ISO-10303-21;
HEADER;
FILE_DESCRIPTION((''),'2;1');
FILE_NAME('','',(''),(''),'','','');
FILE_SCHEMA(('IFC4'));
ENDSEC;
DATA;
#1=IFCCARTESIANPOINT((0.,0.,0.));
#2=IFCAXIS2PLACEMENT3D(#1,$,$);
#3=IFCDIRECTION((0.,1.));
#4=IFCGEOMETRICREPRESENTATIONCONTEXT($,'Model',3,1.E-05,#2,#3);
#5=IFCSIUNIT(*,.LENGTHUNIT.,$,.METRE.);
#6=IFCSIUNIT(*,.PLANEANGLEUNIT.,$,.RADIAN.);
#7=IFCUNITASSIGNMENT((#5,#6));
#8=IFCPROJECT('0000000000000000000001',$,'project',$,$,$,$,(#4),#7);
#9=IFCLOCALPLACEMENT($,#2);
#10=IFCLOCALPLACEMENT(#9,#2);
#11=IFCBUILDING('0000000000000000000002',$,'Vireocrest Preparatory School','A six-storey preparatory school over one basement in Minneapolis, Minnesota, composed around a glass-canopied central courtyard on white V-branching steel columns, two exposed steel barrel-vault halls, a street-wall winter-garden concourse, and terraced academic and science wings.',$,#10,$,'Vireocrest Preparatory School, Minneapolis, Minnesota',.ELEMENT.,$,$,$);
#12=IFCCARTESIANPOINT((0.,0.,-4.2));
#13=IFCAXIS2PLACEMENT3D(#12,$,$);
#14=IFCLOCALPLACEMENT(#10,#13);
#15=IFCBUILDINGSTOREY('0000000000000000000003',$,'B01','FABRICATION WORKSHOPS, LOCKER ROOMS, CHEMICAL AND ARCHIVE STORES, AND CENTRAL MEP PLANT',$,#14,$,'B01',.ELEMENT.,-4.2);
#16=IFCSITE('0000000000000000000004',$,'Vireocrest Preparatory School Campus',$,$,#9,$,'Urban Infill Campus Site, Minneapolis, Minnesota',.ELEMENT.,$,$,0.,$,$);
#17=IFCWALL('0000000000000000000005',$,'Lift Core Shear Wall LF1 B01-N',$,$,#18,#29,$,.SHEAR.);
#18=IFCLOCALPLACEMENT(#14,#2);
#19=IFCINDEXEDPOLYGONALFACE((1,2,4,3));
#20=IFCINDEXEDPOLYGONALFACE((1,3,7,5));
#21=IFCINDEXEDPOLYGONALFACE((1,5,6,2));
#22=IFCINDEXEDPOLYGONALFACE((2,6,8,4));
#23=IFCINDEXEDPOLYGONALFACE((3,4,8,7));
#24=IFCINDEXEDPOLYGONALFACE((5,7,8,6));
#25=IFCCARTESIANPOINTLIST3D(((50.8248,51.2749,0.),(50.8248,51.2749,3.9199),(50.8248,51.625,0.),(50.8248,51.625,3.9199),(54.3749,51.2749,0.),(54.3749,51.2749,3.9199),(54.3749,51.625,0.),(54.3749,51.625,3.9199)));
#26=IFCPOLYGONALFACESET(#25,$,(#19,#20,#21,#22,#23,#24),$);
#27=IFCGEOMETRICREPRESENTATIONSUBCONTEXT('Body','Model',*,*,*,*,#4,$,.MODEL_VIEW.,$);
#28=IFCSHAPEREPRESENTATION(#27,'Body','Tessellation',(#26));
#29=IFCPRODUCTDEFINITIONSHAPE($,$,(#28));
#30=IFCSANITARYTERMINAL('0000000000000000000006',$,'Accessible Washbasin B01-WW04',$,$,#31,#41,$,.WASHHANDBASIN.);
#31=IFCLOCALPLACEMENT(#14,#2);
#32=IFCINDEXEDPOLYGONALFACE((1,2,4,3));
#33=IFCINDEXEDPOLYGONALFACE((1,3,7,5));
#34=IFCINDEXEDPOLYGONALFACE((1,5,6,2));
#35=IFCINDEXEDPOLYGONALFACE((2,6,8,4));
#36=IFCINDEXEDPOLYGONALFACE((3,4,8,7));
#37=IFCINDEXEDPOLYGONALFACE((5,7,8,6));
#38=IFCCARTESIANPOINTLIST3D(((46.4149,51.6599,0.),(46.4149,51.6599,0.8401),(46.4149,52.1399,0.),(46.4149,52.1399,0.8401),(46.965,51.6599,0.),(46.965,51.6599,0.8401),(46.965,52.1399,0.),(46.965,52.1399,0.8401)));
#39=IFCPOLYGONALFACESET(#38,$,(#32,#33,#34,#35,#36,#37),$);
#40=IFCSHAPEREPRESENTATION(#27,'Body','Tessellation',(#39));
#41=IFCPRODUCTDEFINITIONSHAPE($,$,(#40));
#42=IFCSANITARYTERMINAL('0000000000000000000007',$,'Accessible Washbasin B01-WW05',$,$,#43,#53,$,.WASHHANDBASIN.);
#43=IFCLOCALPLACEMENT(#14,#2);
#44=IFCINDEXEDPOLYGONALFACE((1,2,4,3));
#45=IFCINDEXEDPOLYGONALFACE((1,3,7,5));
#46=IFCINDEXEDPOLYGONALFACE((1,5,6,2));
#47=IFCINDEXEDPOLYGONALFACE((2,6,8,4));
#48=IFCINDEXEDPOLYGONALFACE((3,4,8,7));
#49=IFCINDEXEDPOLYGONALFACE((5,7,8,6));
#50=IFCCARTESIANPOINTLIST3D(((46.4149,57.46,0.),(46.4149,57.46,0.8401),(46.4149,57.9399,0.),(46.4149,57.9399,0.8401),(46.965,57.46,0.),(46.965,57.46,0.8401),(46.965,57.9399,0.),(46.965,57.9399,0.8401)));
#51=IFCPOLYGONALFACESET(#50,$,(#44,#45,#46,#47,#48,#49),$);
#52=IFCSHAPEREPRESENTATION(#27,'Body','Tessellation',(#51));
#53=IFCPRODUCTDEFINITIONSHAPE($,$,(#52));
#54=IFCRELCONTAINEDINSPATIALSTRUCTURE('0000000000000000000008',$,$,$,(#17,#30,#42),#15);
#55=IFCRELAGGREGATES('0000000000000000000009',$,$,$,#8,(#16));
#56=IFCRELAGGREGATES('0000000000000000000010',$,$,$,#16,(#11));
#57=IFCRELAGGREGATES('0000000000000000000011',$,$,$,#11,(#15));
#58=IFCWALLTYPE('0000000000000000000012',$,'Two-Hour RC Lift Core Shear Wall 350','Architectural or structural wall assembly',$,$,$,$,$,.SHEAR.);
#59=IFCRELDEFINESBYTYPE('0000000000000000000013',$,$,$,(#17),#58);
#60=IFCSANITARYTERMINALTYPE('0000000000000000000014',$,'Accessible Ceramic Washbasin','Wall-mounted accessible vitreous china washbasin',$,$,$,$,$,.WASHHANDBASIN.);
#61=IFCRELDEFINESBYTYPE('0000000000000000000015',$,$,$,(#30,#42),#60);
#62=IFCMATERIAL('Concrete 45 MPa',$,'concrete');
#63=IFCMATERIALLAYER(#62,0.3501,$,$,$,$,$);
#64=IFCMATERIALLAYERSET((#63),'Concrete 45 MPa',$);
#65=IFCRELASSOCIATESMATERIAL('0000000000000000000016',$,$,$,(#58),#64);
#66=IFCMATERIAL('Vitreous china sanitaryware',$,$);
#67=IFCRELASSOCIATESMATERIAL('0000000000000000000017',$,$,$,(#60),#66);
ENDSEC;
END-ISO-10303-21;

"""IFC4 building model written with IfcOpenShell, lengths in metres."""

from ifc_helpers import new_model, si_unit, direction, frame, frame_2d, origin, origin_2d, place, context, subcontext, project, spatial, rectangle, extrude, material, layer, layer_set, type_object, element, save


model = new_model("IFC4")

# Units and contexts
model_context = context("Model", 3, precision=1e-05, world=origin(), true_north=direction((0.0, 1.0)))
body_context = subcontext(model_context, "Body", "Model", "MODEL_VIEW")
ifc_project = project(units=[si_unit("LENGTHUNIT", "METRE"), si_unit("PLANEANGLEUNIT", "RADIAN")], contexts=[model_context])

# Site, building, storey
site_placement = place(None, origin())
site = spatial("IfcSite", under=ifc_project, at=site_placement, Name="Vireocrest Preparatory School Campus", LongName="Urban Infill Campus Site, Minneapolis, Minnesota", CompositionType="ELEMENT", RefElevation=0.0)
building_placement = place(site_placement, origin())
building = spatial("IfcBuilding", under=site, at=building_placement, Name="Vireocrest Preparatory School", Description="A six-storey preparatory school over one basement in Minneapolis, Minnesota, composed around a glass-canopied central courtyard on white V-branching steel columns, two exposed steel barrel-vault halls, a street-wall winter-garden concourse, and terraced academic and science wings.", LongName="Vireocrest Preparatory School, Minneapolis, Minnesota", CompositionType="ELEMENT")
storey_placement = place(building_placement, frame((0.0, 0.0, -4.2)))
storey = spatial("IfcBuildingStorey", under=building, at=storey_placement, Name="B01", Description="FABRICATION WORKSHOPS, LOCKER ROOMS, CHEMICAL AND ARCHIVE STORES, AND CENTRAL MEP PLANT", LongName="B01", CompositionType="ELEMENT", Elevation=-4.2)

# Shared definitions
ifc_material_1 = material(Name="Concrete 45 MPa", Category="concrete")

# Wall
ifc_layer_1 = layer(ifc_material_1, 0.3501)
ifc_layer_set_1 = layer_set([ifc_layer_1], Name="Concrete 45 MPa")
wall_type_1 = type_object("IfcWallType", Name="Two-Hour RC Lift Core Shear Wall 350", Description="Architectural or structural wall assembly", PredefinedType="SHEAR", material=ifc_layer_set_1)
wall_1_placement = place(storey_placement, frame((50.825, 51.45, 0.0), z_axis=(0.0, 0.0, 1.0), x_axis=(1.0, 0.0, 0.0)))
element("IfcWall", 1, at=wall_1_placement, inside=storey, type_object=wall_type_1, Name="Lift Core Shear Wall LF1 B01-N", PredefinedType="SHEAR", context=body_context, shape_type="SweptSolid", body=[
    extrude(rectangle(XDim=3.55, YDim=0.3501, at=frame_2d((1.7749, 0.0))), origin(), (0.0, 0.0, 1.0), 3.9199),
])

# Sanitary terminals
ifc_material_2 = material(Name="Vitreous china sanitaryware")
sanitary_terminal_type = type_object("IfcSanitaryTerminalType", Name="Accessible Ceramic Washbasin", Description="Wall-mounted accessible vitreous china washbasin", PredefinedType="WASHHANDBASIN", material=ifc_material_2)
for number, where, z_axis, x_axis, name in (
    (2, (46.6899, 51.8999, 0.0), (0.0, 0.0, 1.0), (1.0, 0.0, 0.0), "Accessible Washbasin B01-WW04"),
    (3, (46.6899, 57.7, 0.0), (0.0, 0.0, 1.0), (1.0, 0.0, 0.0), "Accessible Washbasin B01-WW05"),
):
    element("IfcSanitaryTerminal", number, at=place(storey_placement, frame(where, z_axis=z_axis, x_axis=x_axis)), inside=storey, type_object=sanitary_terminal_type, Name=name, PredefinedType="WASHHANDBASIN", context=body_context, shape_type="SweptSolid", body=[
        extrude(rectangle(XDim=0.55, YDim=0.48, at=origin_2d()), origin(), (0.0, 0.0, 1.0), 0.8401),
    ])

save(model, "model.ifc")
